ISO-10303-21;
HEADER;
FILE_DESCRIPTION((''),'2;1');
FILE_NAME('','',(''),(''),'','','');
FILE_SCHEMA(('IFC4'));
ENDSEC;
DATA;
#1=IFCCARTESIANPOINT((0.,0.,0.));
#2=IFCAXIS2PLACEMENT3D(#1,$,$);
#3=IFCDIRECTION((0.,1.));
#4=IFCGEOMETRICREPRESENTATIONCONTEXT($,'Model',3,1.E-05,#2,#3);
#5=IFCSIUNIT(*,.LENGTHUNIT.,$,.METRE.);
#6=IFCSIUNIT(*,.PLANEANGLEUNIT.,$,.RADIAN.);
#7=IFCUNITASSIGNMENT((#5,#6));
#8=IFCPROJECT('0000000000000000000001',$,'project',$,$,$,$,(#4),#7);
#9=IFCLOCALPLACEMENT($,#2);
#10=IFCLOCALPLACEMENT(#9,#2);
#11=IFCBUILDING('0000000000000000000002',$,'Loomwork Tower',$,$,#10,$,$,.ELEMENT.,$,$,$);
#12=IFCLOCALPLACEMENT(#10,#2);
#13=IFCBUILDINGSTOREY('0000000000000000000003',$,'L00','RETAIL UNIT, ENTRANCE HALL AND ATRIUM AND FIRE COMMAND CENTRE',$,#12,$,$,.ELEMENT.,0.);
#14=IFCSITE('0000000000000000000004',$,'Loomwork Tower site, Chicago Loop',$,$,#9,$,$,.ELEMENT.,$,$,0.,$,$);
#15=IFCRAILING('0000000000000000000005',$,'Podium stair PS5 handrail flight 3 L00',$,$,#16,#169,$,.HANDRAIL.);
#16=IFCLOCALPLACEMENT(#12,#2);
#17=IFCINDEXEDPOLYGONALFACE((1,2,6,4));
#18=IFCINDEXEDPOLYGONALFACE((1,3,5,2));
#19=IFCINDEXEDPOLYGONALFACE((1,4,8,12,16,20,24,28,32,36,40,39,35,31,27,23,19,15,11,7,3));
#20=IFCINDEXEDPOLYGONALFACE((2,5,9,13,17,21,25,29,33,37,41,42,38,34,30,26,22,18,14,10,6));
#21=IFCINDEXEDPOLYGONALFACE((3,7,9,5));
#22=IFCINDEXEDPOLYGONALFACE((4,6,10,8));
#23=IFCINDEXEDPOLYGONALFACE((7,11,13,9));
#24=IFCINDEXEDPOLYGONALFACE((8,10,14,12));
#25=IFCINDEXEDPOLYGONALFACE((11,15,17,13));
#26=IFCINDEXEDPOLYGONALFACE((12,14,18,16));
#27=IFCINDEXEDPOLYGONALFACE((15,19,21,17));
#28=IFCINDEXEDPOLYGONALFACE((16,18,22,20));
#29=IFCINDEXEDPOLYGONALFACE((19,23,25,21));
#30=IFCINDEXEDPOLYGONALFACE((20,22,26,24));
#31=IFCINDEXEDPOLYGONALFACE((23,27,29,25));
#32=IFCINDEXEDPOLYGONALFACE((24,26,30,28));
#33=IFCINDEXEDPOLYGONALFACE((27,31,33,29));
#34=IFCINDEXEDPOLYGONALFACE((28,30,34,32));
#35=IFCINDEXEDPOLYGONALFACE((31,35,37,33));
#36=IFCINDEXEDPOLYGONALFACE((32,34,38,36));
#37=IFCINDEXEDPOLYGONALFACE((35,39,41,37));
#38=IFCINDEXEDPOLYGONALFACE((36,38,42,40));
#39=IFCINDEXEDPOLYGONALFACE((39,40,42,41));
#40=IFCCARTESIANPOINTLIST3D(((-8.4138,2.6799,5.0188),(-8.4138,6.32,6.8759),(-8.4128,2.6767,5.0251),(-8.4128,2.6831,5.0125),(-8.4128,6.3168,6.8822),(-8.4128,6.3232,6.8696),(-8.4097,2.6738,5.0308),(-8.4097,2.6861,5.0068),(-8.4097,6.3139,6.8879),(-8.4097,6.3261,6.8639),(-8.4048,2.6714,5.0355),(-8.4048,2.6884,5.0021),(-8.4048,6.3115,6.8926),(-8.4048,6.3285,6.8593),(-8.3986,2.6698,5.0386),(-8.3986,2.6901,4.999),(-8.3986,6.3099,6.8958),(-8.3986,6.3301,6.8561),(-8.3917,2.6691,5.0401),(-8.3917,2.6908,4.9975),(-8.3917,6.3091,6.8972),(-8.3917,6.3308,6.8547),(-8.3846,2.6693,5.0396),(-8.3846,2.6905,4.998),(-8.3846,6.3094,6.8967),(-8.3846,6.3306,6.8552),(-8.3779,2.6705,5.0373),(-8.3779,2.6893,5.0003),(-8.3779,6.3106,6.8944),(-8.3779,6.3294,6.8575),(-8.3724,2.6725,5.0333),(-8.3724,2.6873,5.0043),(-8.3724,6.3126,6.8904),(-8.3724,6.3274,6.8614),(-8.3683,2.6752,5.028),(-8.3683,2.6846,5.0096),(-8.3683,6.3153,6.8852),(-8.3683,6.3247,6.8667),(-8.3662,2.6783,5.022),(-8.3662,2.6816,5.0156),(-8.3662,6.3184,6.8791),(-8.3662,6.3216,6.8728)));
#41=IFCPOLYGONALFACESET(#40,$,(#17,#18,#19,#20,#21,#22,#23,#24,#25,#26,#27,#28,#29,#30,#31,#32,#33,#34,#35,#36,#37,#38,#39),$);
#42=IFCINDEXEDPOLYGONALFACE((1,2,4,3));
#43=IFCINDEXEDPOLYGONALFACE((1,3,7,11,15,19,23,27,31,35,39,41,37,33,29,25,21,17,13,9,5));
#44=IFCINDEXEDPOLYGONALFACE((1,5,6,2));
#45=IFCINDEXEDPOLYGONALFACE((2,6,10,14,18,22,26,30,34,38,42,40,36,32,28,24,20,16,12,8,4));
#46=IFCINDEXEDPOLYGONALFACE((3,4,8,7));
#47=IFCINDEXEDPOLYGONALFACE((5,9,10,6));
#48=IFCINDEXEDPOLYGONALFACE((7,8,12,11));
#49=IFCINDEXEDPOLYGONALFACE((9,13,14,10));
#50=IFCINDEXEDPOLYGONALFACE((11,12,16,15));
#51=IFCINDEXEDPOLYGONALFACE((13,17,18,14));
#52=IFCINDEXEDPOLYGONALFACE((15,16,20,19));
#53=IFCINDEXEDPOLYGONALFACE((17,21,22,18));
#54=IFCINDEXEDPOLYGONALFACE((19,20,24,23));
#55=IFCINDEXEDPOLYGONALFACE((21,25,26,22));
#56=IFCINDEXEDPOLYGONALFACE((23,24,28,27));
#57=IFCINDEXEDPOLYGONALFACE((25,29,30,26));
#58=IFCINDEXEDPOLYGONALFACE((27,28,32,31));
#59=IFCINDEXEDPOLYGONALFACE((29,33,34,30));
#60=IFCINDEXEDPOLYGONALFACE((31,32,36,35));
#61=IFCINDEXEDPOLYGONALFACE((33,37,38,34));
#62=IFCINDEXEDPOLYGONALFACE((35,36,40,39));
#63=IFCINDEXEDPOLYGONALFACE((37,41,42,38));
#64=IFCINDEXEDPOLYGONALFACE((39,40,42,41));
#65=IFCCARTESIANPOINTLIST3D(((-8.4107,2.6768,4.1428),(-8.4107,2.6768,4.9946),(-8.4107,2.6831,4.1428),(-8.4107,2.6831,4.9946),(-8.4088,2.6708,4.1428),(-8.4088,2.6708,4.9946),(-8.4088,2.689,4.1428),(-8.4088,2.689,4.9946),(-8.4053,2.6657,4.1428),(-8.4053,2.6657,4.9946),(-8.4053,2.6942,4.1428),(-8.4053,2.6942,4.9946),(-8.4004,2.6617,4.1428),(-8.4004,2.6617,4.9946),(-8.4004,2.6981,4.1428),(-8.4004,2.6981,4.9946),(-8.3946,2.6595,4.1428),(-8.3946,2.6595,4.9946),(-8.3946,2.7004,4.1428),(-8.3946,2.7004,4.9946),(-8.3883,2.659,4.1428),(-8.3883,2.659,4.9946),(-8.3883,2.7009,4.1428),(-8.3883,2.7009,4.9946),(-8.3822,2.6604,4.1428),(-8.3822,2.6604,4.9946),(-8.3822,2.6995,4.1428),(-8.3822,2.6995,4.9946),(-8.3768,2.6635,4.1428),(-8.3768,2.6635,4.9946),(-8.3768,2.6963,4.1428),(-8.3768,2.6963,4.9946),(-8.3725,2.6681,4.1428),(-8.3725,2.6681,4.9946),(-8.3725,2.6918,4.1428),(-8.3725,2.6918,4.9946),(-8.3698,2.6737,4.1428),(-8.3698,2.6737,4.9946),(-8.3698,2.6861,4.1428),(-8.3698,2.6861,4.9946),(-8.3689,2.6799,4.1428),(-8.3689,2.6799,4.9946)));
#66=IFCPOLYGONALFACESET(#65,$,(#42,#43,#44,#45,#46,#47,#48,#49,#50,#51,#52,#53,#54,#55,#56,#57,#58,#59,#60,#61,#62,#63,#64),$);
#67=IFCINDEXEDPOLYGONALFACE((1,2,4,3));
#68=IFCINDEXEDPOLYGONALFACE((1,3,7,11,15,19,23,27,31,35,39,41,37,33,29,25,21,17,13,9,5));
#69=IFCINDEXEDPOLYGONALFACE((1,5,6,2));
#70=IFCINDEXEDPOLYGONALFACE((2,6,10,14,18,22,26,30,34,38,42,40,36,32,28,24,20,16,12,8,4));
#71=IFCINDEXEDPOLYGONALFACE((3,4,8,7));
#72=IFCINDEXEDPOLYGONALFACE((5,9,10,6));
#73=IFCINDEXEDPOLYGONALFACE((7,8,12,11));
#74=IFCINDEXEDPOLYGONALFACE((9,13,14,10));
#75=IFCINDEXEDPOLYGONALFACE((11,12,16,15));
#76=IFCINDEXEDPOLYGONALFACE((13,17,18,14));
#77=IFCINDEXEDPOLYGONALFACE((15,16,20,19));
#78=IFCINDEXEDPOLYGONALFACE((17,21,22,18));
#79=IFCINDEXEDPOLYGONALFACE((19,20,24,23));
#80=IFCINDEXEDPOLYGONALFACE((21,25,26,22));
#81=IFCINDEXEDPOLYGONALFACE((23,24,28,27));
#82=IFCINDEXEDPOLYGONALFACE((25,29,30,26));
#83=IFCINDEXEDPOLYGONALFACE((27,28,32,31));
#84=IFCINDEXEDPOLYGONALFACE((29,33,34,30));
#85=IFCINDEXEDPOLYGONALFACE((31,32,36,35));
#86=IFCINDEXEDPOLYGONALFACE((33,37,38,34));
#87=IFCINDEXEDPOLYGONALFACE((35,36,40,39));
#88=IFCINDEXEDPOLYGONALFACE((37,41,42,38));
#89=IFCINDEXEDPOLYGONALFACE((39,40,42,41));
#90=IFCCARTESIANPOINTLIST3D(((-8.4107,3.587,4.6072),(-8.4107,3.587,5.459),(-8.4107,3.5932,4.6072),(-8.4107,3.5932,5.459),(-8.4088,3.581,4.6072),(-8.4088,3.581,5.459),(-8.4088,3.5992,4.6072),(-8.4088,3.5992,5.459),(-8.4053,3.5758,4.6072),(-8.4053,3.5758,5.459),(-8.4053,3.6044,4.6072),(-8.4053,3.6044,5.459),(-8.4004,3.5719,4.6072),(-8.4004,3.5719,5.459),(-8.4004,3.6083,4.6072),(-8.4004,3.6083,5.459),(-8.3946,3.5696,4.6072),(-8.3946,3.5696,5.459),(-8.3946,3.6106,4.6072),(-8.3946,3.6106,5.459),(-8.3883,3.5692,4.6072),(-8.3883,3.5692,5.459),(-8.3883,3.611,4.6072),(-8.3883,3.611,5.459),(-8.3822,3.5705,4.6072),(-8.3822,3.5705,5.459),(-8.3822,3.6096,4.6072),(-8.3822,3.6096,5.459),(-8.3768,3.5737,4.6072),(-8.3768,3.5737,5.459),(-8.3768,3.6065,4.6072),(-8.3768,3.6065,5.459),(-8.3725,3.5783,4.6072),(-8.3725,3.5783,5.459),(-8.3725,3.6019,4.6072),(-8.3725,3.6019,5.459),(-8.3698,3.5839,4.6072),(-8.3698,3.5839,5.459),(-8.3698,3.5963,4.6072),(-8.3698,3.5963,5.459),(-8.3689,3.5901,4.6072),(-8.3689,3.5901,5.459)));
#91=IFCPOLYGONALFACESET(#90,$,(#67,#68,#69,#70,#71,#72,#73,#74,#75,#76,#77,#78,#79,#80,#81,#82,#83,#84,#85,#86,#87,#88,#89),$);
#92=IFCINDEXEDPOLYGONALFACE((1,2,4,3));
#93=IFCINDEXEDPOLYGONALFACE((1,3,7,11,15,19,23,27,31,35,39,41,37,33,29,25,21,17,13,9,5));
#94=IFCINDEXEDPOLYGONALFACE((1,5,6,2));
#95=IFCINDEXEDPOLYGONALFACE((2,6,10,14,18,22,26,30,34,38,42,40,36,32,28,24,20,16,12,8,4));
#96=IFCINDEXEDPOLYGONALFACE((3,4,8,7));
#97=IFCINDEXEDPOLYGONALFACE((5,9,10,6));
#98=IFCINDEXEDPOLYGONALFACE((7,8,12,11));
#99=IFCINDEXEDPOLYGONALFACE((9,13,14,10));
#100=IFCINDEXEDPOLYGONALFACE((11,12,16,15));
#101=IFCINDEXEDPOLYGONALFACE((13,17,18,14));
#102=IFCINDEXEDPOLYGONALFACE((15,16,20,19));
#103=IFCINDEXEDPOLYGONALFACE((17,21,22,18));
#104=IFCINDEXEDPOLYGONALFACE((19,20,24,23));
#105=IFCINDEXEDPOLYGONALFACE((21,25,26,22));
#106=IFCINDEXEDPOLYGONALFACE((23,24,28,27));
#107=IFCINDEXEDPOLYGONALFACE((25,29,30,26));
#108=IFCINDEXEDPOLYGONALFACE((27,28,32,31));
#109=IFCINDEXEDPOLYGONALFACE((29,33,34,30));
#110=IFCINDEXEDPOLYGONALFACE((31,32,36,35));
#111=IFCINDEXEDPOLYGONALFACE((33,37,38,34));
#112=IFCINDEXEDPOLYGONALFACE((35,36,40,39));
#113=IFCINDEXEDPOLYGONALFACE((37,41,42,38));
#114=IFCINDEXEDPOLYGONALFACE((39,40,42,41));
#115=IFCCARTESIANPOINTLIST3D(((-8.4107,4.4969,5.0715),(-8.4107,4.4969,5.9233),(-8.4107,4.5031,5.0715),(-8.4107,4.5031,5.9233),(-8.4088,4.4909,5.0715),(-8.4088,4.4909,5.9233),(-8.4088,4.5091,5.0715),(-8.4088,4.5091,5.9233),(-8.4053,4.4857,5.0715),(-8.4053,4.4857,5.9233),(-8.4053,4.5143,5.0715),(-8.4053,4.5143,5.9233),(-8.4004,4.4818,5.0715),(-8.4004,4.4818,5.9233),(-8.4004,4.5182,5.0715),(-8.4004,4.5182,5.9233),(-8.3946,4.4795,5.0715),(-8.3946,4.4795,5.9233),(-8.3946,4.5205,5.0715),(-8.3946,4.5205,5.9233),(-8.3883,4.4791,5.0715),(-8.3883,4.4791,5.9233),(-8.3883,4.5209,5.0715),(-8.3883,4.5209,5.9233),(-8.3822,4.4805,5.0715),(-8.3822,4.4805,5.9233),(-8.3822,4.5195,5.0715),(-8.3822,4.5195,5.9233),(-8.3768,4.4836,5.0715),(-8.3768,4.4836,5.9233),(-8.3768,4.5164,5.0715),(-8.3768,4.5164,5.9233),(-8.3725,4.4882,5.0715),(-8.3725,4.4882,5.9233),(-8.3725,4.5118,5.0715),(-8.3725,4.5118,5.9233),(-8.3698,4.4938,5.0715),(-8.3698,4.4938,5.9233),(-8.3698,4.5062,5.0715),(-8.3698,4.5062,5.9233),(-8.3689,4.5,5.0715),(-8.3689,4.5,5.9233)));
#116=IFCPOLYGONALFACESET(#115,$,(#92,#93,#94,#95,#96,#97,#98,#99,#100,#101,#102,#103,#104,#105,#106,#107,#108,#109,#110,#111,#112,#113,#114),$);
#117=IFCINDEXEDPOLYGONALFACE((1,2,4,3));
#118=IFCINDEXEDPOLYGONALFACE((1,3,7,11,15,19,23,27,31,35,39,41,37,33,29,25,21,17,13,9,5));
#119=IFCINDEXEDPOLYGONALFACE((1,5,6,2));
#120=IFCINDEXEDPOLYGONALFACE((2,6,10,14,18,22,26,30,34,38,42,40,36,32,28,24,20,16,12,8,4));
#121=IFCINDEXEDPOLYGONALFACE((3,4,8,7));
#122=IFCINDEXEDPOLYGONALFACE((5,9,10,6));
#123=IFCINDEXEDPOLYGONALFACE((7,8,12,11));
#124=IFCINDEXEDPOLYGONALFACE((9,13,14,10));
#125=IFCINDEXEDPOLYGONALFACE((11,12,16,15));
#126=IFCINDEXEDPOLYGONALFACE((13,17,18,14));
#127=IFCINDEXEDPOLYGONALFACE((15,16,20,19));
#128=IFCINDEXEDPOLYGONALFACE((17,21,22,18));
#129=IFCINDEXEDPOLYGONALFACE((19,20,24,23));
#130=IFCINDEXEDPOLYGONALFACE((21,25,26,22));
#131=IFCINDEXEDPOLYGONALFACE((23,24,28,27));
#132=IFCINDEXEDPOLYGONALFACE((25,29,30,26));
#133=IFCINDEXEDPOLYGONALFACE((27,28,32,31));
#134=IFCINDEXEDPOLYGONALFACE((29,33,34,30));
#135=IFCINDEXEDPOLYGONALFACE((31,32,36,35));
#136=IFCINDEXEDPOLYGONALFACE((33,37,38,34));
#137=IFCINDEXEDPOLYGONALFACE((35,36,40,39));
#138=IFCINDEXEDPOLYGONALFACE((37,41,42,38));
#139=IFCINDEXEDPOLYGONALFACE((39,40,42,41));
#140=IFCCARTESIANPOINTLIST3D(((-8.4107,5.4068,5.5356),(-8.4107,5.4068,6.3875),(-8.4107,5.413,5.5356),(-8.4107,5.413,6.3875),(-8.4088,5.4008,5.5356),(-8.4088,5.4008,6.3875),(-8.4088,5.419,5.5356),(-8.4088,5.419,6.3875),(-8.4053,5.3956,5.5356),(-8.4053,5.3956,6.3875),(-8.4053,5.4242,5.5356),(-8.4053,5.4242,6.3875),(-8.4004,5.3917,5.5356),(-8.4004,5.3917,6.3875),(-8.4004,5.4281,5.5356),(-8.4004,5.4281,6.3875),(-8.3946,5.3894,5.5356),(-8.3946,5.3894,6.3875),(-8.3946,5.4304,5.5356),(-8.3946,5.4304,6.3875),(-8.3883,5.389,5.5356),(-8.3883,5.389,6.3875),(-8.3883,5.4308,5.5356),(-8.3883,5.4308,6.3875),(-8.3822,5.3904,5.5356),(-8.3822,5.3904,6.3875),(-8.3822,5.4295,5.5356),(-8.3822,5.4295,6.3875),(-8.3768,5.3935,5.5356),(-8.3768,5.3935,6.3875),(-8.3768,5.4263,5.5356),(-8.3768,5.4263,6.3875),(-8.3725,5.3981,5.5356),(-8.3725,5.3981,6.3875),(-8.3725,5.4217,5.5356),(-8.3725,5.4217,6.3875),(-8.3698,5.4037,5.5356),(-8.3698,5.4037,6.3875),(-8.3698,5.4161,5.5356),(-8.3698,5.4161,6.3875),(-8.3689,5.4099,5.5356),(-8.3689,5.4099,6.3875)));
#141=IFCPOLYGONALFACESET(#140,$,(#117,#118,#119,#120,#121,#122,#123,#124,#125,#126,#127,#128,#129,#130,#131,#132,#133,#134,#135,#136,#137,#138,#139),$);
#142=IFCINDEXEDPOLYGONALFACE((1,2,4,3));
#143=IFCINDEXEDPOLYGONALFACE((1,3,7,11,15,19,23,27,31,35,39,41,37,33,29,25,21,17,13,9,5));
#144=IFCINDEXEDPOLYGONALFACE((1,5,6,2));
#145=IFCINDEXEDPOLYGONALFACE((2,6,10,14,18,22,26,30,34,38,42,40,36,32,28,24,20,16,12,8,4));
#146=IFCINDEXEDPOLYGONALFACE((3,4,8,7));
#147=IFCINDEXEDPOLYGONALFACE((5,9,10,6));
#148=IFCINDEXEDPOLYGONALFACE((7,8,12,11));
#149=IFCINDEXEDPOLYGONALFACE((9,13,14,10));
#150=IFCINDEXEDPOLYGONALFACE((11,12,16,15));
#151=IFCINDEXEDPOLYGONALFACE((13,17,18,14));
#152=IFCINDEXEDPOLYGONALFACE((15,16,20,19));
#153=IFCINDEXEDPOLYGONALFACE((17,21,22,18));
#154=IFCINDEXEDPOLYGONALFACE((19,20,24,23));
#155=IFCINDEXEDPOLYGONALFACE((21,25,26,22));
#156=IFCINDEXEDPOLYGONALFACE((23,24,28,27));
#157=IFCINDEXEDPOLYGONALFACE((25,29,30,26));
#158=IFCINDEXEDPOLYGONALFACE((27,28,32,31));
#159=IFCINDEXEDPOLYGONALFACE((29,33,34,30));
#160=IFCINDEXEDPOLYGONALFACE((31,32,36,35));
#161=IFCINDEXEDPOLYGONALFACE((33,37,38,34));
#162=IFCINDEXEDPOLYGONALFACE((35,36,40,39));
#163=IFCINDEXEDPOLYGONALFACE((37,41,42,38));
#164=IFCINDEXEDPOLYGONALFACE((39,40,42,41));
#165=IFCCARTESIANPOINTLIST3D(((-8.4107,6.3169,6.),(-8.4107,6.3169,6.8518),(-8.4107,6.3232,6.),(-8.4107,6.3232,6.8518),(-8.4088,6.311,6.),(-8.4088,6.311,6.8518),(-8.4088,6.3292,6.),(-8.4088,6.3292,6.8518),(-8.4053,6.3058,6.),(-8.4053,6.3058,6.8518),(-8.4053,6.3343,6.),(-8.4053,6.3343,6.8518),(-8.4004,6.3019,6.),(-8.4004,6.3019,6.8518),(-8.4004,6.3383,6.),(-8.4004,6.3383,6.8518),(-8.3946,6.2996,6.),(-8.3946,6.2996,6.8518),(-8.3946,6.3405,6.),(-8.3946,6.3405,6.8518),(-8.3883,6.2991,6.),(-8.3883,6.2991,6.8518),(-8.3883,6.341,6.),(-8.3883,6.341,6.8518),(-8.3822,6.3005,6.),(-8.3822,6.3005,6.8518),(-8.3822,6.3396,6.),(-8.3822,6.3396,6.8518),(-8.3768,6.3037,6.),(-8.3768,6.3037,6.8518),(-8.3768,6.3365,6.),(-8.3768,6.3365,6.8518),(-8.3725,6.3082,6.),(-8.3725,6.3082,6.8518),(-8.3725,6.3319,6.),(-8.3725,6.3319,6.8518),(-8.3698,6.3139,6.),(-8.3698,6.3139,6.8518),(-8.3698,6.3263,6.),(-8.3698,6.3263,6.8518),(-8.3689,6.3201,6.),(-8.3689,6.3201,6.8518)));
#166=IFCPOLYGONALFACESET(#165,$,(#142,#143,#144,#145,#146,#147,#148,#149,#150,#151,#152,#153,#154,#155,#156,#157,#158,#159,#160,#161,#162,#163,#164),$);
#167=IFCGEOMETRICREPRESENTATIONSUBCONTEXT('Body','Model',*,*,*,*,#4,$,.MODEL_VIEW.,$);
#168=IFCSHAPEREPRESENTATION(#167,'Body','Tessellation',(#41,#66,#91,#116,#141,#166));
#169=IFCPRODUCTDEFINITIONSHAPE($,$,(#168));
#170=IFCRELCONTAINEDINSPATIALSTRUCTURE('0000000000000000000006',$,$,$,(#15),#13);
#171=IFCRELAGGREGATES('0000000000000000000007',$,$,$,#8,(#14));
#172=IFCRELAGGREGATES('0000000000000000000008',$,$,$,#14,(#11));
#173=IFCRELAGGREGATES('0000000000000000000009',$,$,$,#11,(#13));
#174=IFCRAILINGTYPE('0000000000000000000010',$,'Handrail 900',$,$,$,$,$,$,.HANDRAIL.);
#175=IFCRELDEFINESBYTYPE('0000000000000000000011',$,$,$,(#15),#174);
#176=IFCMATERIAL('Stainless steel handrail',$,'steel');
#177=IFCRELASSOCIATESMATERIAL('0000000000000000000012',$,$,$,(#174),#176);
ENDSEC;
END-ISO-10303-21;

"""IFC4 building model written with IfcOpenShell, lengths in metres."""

from ifc_helpers import new_model, si_unit, direction, frame, origin, origin_2d, place, context, subcontext, project, spatial, circle, extrude, material, type_object, element, save


model = new_model("IFC4")

# Units and contexts
model_context = context("Model", 3, precision=1e-05, world=origin(), true_north=direction((0.0, 1.0)))
body_context = subcontext(model_context, "Body", "Model", "MODEL_VIEW")
ifc_project = project(units=[si_unit("LENGTHUNIT", "METRE"), si_unit("PLANEANGLEUNIT", "RADIAN")], contexts=[model_context])

# Site, building, storey
site_placement = place(None, origin())
site = spatial("IfcSite", under=ifc_project, at=site_placement, Name="Loomwork Tower site, Chicago Loop", CompositionType="ELEMENT", RefElevation=0.0)
building_placement = place(site_placement, origin())
building = spatial("IfcBuilding", under=site, at=building_placement, Name="Loomwork Tower", CompositionType="ELEMENT")
storey_placement = place(building_placement, origin())
storey = spatial("IfcBuildingStorey", under=building, at=storey_placement, Name="L00", Description="RETAIL UNIT, ENTRANCE HALL AND ATRIUM AND FIRE COMMAND CENTRE", CompositionType="ELEMENT", Elevation=0.0)

# Railing
ifc_material_1 = material(Name="Stainless steel handrail", Category="steel")
railing_type = type_object("IfcRailingType", Name="Handrail 900", PredefinedType="HANDRAIL", material=ifc_material_1)
railing_1_placement = place(storey_placement, frame((-8.3899, 2.6799, 4.1428)))
element("IfcRailing", 1, at=railing_1_placement, inside=storey, type_object=railing_type, Name="Podium stair PS5 handrail flight 3 L00", PredefinedType="HANDRAIL", context=body_context, shape_type="SweptSolid", body=[
    extrude(circle(Radius=0.0239, at=origin_2d()), frame((0.0, 0.0, 0.876), z_axis=(0.0, 0.890765, 0.454464), x_axis=(-1.0, 0.0, 0.0)), (0.0, 0.0, 1.0), 4.0864),
    extrude(circle(Radius=0.021, at=origin_2d()), origin(), (0.0, 0.0, 1.0), 0.8518),
    extrude(circle(Radius=0.021, at=origin_2d()), frame((0.0, 0.9102, 0.4644)), (0.0, 0.0, 1.0), 0.8518),
    extrude(circle(Radius=0.021, at=origin_2d()), frame((0.0, 1.8201, 0.9287)), (0.0, 0.0, 1.0), 0.8518),
    extrude(circle(Radius=0.021, at=origin_2d()), frame((0.0, 2.73, 1.3928)), (0.0, 0.0, 1.0), 0.8518),
    extrude(circle(Radius=0.021, at=origin_2d()), frame((0.0, 3.6401, 1.8572)), (0.0, 0.0, 1.0), 0.8518),
])

save(model, "model.ifc")
